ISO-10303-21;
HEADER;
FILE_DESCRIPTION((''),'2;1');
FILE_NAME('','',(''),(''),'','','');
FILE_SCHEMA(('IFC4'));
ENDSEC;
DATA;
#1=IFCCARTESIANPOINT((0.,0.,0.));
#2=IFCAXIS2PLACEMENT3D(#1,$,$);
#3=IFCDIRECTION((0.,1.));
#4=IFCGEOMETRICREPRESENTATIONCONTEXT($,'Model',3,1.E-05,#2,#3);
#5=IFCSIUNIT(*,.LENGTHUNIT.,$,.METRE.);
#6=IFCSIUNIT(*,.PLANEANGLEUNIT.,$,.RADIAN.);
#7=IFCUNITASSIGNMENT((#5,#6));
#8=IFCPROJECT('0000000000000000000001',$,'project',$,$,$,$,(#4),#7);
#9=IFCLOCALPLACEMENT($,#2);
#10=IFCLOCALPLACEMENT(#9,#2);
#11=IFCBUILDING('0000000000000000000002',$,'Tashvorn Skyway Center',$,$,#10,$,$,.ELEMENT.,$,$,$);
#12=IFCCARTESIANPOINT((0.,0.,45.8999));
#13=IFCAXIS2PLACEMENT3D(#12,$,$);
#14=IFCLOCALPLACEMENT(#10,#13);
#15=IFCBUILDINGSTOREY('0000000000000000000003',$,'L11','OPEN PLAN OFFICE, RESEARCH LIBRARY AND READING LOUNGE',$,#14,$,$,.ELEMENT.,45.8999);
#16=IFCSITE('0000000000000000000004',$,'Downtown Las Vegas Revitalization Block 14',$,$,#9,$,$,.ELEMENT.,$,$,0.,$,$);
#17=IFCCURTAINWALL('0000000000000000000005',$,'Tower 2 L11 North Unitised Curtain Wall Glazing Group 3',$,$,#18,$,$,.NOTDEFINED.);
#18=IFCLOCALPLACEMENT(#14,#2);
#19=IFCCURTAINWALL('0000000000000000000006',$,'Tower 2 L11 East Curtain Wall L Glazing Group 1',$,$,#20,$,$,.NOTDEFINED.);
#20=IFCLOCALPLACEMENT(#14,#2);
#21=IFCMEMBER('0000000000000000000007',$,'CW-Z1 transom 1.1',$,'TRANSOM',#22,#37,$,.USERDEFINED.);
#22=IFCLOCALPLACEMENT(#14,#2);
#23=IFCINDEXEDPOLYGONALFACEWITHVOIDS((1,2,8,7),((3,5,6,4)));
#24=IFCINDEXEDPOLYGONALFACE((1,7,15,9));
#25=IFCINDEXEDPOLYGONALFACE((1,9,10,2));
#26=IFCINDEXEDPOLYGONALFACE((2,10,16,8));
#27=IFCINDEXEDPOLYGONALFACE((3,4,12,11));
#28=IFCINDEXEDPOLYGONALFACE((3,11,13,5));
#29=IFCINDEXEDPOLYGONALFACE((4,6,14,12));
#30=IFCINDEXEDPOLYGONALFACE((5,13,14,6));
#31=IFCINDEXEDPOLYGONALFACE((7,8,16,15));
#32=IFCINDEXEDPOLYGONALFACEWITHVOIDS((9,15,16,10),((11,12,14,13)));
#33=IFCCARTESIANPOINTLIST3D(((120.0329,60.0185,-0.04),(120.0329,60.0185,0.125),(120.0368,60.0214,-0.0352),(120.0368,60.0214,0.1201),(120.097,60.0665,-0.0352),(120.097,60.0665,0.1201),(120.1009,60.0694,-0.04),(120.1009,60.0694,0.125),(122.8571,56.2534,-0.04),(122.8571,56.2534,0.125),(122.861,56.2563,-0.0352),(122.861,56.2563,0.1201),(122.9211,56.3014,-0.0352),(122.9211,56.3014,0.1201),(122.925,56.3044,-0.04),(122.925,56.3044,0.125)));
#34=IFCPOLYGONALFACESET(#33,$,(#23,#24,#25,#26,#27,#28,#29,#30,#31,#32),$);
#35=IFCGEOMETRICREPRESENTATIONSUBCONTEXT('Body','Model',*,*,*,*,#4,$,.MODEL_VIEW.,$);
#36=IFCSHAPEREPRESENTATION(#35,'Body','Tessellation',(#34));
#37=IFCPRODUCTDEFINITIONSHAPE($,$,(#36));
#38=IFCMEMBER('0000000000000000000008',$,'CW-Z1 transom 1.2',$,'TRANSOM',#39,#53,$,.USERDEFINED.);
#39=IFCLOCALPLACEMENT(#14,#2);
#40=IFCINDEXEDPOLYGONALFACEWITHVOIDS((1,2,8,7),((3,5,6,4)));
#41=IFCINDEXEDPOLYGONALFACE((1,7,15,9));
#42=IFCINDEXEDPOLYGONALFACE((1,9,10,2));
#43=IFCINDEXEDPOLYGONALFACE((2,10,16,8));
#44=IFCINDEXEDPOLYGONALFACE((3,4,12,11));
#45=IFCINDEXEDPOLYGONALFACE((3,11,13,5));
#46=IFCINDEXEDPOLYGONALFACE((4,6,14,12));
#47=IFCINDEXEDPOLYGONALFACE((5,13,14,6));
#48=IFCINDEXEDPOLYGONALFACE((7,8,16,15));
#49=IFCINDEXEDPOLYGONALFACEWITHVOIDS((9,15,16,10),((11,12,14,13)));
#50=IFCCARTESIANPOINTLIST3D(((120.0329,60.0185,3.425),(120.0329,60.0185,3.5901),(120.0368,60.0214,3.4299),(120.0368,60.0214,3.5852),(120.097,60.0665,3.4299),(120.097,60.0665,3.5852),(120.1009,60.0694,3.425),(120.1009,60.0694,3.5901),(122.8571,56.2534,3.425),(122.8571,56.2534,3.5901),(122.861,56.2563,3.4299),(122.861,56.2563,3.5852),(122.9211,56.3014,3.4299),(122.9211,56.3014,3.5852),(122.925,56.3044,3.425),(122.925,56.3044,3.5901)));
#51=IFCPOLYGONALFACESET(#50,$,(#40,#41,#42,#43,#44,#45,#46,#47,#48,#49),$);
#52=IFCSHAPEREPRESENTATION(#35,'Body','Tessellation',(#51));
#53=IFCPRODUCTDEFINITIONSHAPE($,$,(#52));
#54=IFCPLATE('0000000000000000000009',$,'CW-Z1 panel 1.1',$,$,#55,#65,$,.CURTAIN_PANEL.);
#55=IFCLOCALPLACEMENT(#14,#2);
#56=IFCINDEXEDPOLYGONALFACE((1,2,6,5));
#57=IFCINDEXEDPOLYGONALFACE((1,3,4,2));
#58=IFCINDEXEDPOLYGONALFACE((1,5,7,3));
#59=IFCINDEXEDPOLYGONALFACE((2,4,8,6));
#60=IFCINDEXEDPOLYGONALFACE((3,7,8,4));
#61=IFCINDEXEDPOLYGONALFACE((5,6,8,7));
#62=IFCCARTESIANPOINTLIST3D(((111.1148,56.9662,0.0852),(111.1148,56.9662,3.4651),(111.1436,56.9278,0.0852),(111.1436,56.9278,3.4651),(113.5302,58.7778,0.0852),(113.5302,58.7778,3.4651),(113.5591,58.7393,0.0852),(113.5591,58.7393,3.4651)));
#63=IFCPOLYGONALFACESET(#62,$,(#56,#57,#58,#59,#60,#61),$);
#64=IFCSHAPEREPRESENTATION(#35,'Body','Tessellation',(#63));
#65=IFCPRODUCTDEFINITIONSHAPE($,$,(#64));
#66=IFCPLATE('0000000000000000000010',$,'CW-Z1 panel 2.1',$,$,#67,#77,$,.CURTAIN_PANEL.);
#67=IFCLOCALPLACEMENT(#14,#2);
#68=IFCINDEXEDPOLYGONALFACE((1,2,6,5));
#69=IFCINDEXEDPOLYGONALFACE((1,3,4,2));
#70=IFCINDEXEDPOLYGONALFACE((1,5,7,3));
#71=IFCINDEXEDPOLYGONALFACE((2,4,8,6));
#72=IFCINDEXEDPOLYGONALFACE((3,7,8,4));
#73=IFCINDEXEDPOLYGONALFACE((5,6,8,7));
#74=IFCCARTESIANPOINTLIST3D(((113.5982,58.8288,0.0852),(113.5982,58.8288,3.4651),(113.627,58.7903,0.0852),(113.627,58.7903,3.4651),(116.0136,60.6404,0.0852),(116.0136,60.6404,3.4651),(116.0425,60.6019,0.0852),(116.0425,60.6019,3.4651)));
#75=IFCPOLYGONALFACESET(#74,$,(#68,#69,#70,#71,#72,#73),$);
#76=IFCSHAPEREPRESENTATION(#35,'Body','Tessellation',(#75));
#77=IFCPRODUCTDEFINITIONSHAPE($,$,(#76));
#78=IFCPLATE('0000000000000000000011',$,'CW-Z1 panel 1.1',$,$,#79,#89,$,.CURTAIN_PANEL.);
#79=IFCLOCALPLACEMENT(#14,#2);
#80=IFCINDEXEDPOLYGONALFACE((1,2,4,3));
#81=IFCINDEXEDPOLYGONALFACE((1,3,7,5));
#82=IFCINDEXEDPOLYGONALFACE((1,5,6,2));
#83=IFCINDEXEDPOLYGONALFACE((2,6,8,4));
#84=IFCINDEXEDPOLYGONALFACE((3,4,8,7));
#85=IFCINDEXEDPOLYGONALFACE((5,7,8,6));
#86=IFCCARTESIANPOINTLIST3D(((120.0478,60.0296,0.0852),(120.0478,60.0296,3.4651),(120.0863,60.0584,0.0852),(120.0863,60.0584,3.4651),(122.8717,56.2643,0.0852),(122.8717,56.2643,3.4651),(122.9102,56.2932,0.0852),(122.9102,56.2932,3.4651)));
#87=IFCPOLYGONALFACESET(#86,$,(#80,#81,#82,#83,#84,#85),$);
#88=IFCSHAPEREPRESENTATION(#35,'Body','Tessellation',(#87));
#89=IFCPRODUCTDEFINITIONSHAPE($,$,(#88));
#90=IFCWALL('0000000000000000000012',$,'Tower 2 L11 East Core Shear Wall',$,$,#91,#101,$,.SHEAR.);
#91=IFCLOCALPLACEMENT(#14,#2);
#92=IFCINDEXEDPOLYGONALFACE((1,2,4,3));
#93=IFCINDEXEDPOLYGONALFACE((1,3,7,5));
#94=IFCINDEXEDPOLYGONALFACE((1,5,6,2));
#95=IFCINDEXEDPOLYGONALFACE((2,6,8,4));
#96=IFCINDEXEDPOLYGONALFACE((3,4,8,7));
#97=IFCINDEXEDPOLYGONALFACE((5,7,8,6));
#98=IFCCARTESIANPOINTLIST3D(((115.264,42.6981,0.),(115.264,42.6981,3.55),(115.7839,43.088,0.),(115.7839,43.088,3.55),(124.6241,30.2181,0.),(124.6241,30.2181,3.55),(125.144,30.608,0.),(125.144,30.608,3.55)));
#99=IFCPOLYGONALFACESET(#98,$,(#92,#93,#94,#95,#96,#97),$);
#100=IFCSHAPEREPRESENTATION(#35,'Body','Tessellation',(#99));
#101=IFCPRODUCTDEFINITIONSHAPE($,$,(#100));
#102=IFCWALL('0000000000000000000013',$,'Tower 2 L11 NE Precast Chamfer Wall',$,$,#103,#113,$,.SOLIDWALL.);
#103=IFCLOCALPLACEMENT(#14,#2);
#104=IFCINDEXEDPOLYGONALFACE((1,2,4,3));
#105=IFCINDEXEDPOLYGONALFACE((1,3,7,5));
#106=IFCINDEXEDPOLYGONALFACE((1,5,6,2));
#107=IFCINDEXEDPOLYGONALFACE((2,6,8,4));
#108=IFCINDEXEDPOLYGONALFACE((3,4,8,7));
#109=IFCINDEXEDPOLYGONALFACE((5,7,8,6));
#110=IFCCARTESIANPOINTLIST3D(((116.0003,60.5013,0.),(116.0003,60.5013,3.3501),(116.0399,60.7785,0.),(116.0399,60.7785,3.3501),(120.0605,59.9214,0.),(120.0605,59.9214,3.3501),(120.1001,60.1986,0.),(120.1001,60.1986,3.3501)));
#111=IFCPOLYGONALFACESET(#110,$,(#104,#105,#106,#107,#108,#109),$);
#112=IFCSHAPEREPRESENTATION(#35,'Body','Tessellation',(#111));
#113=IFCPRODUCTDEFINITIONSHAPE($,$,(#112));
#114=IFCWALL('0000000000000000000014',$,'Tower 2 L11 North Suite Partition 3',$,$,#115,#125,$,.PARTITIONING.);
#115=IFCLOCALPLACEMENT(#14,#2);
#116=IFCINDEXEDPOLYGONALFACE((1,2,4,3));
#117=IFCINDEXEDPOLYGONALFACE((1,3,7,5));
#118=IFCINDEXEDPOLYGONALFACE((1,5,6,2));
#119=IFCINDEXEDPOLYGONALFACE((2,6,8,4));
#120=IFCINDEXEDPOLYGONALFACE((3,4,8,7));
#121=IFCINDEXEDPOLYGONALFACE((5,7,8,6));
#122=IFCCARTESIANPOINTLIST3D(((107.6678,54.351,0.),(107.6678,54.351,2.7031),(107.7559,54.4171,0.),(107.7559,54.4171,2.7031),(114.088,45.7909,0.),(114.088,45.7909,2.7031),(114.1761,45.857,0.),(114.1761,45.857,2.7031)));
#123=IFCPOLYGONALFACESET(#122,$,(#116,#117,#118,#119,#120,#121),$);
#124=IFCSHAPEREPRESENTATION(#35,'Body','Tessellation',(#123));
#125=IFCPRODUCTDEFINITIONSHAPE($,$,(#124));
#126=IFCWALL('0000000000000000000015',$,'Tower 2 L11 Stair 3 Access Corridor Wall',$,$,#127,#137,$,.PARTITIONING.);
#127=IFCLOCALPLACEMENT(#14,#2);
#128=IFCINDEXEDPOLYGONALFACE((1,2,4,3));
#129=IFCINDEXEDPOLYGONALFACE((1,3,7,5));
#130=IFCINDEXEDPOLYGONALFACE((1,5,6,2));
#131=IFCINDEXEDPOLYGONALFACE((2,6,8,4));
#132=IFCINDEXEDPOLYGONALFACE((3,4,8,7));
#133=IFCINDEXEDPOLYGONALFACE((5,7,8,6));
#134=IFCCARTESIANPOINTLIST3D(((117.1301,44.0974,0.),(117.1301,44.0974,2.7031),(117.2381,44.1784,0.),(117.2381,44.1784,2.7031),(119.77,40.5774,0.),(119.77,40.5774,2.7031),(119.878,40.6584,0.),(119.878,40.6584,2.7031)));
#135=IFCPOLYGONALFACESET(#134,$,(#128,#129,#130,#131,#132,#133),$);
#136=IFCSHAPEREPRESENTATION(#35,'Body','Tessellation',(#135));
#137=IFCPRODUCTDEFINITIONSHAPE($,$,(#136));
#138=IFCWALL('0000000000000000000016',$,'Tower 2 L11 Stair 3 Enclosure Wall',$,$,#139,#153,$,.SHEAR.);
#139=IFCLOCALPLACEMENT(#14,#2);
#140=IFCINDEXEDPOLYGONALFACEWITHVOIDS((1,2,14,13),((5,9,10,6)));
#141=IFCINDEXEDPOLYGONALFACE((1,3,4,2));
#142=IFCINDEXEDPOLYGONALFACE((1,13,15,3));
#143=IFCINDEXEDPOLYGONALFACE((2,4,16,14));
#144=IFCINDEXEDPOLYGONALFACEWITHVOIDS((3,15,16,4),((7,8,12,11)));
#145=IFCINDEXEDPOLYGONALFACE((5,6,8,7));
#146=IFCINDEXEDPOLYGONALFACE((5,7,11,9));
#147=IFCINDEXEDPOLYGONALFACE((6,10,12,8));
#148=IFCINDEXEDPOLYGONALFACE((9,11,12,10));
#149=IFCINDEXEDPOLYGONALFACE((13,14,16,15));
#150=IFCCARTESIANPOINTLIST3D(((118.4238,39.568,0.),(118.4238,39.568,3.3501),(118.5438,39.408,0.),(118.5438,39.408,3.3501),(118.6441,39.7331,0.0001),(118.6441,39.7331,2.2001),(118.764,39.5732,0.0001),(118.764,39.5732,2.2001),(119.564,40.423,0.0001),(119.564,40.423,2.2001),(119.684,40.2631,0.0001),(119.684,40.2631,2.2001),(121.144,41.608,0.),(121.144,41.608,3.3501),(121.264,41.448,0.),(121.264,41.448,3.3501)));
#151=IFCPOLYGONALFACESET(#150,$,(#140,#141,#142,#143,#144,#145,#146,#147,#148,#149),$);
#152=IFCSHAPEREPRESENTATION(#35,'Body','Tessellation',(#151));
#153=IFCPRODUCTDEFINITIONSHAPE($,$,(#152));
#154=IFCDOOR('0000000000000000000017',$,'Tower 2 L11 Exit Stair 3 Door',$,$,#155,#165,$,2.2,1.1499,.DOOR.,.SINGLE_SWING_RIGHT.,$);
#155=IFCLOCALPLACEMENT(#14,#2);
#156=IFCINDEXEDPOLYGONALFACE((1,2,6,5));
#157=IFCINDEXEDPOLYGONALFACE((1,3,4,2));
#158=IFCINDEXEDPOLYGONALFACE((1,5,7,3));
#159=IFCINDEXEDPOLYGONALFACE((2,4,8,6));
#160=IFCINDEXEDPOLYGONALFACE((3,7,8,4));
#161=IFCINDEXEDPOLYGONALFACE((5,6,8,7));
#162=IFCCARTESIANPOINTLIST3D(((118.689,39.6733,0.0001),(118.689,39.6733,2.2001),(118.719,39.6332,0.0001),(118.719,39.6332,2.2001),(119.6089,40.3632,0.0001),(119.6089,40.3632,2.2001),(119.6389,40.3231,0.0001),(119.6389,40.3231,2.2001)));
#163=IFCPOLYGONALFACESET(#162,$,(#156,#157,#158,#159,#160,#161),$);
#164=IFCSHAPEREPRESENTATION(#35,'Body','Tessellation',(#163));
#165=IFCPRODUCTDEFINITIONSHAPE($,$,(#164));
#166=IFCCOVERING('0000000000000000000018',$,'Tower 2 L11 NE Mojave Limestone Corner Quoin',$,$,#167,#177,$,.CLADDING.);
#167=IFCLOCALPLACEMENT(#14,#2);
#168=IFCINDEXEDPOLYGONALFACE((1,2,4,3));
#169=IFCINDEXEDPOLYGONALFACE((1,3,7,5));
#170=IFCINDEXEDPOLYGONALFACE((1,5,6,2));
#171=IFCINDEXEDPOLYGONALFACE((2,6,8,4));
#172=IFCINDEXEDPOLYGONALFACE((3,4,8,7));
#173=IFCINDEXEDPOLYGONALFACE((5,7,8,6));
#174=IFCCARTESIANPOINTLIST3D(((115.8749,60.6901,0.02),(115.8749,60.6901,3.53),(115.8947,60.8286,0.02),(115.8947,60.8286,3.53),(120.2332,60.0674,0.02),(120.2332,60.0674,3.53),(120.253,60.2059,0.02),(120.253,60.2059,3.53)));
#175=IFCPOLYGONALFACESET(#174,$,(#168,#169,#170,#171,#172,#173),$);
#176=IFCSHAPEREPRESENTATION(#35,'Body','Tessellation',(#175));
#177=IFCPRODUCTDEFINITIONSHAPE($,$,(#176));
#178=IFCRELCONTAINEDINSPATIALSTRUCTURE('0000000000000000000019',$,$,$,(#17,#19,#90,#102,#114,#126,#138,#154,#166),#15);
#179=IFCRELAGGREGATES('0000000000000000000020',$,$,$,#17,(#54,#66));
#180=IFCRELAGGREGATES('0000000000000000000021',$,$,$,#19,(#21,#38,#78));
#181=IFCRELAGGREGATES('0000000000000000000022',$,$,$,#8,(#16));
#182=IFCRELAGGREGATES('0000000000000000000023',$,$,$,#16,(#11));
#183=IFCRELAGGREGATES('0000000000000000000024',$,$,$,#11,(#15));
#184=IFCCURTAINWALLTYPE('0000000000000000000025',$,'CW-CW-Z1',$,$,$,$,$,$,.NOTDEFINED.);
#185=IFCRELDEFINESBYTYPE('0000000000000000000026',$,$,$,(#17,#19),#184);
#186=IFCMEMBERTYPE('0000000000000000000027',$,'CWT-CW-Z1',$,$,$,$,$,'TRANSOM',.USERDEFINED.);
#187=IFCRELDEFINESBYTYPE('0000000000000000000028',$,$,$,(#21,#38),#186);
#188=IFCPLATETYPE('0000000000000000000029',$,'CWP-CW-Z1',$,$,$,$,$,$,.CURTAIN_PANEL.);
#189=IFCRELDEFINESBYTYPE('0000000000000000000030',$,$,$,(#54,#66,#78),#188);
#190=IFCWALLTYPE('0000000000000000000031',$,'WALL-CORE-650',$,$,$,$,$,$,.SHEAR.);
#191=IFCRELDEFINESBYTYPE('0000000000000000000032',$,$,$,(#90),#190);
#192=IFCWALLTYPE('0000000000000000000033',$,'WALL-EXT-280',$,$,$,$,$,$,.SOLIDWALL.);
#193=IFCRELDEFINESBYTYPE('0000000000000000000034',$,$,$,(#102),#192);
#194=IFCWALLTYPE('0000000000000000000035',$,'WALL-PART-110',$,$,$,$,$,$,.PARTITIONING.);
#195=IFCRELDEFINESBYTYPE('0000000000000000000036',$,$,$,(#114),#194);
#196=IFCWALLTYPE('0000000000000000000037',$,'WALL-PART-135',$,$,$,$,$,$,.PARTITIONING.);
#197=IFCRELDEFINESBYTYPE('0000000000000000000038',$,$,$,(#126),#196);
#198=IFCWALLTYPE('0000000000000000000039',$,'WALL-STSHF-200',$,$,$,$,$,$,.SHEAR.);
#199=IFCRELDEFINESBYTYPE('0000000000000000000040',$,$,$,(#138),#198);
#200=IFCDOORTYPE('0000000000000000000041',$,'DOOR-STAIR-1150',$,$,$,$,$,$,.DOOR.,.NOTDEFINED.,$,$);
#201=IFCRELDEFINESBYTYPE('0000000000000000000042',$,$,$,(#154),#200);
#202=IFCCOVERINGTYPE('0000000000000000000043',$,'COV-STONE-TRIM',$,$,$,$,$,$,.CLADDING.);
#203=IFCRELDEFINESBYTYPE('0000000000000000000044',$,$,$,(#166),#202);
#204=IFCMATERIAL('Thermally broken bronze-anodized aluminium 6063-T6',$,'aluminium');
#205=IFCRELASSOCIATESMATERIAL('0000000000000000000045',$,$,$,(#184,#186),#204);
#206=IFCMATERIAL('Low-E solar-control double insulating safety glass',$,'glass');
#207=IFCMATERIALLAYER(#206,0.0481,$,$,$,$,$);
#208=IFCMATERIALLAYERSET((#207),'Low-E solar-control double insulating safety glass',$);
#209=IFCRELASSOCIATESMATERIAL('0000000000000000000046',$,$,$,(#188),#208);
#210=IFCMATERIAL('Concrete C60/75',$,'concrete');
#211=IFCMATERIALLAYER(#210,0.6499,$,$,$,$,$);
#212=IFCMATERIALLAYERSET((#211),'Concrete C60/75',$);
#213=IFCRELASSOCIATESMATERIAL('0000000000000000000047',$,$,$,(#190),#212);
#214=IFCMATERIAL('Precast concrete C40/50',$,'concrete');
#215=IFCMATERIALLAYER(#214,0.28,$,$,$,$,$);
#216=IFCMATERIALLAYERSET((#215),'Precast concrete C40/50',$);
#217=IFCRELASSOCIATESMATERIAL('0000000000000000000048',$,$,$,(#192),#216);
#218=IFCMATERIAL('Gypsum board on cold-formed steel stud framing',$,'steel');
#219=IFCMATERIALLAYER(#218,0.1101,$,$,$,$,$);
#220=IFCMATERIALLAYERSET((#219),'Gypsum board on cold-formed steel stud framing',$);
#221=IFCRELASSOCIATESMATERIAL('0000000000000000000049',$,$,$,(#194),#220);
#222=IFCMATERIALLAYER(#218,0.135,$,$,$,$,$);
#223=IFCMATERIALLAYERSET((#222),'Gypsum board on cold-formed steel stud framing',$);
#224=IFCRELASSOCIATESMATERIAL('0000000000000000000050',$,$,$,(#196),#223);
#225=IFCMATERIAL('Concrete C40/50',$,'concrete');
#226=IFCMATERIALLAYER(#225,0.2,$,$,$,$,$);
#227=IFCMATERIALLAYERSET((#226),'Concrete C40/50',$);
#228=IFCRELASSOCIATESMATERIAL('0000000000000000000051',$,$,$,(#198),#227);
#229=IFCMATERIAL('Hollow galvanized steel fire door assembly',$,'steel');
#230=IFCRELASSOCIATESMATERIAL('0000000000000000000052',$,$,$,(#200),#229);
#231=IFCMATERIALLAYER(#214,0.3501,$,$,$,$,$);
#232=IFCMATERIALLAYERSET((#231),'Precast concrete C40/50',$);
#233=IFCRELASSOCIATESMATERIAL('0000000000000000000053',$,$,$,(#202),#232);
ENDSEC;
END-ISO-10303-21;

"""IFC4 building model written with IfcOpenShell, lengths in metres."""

from ifc_helpers import new_model, si_unit, direction, frame, frame_2d, origin, origin_2d, place, context, subcontext, project, spatial, rectangle, hollow_rectangle, extrude, material, layer, layer_set, material_profile, profile_set, type_object, element, fill, aggregate, save


model = new_model("IFC4")

# Units and contexts
model_context = context("Model", 3, precision=1e-05, world=origin(), true_north=direction((0.0, 1.0)))
body_context = subcontext(model_context, "Body", "Model", "MODEL_VIEW")
ifc_project = project(units=[si_unit("LENGTHUNIT", "METRE"), si_unit("PLANEANGLEUNIT", "RADIAN")], contexts=[model_context])

# Site, building, storey
site_placement = place(None, origin())
site = spatial("IfcSite", under=ifc_project, at=site_placement, Name="Downtown Las Vegas Revitalization Block 14", CompositionType="ELEMENT", RefElevation=0.0)
building_placement = place(site_placement, origin())
building = spatial("IfcBuilding", under=site, at=building_placement, Name="Tashvorn Skyway Center", CompositionType="ELEMENT")
storey_placement = place(building_placement, frame((0.0, 0.0, 45.8999)))
storey = spatial("IfcBuildingStorey", under=building, at=storey_placement, Name="L11", Description="OPEN PLAN OFFICE, RESEARCH LIBRARY AND READING LOUNGE", CompositionType="ELEMENT", Elevation=45.8999)

# Curtain wall
ifc_material_1 = material(Name="Thermally broken bronze-anodized aluminium 6063-T6", Category="aluminium")
curtain_wall_type = type_object("IfcCurtainWallType", Name="CW-CW-Z1", PredefinedType="NOTDEFINED", material=ifc_material_1)
curtain_wall_1_placement = place(storey_placement, origin())
curtain_wall_1 = element("IfcCurtainWall", 1, at=curtain_wall_1_placement, inside=storey, type_object=curtain_wall_type, Name="Tower 2 L11 North Unitised Curtain Wall Glazing Group 3", PredefinedType="NOTDEFINED")

# Curtain wall
curtain_wall_2_placement = place(storey_placement, origin())
curtain_wall_2 = element("IfcCurtainWall", 2, at=curtain_wall_2_placement, inside=storey, type_object=curtain_wall_type, Name="Tower 2 L11 East Curtain Wall L Glazing Group 1", PredefinedType="NOTDEFINED")

# Members
ifc_material_profile_1 = material_profile(ifc_material_1, hollow_rectangle(XDim=0.085, YDim=0.165, WallThickness=0.0049, at=origin_2d()), Name="ALU-TRAN-85x165")
ifc_profile_set_1 = profile_set([ifc_material_profile_1], Name="Thermally broken bronze-anodized aluminium 6063-T6")
member_type_1 = type_object("IfcMemberType", Name="CWT-CW-Z1", ElementType="TRANSOM", PredefinedType="USERDEFINED", material=ifc_profile_set_1)
member_1_placement = place(storey_placement, frame((120.0669, 60.0439, 0.0425), z_axis=(0.60005, -0.799963, 0.0), x_axis=(0.799963, 0.60005, 0.0)))
member_1 = element("IfcMember", 3, at=member_1_placement, type_object=member_type_1, Name="CW-Z1 transom 1.1", ObjectType="TRANSOM", PredefinedType="USERDEFINED", context=body_context, shape_type="SweptSolid", body=[
    extrude(hollow_rectangle(XDim=0.085, YDim=0.165, WallThickness=0.0049, at=origin_2d()), origin(), (0.0, 0.0, 1.0), 4.7065),
])
member_2_placement = place(storey_placement, frame((120.0669, 60.0439, 3.5076), z_axis=(0.60005, -0.799963, 0.0), x_axis=(0.799963, 0.60005, 0.0)))
member_2 = element("IfcMember", 4, at=member_2_placement, type_object=member_type_1, Name="CW-Z1 transom 1.2", ObjectType="TRANSOM", PredefinedType="USERDEFINED", context=body_context, shape_type="SweptSolid", body=[
    extrude(hollow_rectangle(XDim=0.085, YDim=0.165, WallThickness=0.0049, at=origin_2d()), origin(), (0.0, 0.0, 1.0), 4.7065),
])

# Plates
ifc_material_2 = material(Name="Low-E solar-control double insulating safety glass", Category="glass")
ifc_layer_1 = layer(ifc_material_2, 0.0481)
ifc_layer_set_1 = layer_set([ifc_layer_1], Name="Low-E solar-control double insulating safety glass")
plate_type = type_object("IfcPlateType", Name="CWP-CW-Z1", PredefinedType="CURTAIN_PANEL", material=ifc_layer_set_1)
plate_1_placement = place(storey_placement, frame((112.3369, 57.8528, 0.0852), z_axis=(0.0, 0.0, 1.0), x_axis=(0.800002, 0.599997, 0.0)))
plate_1 = element("IfcPlate", 5, at=plate_1_placement, type_object=plate_type, Name="CW-Z1 panel 1.1", PredefinedType="CURTAIN_PANEL", context=body_context, shape_type="SweptSolid", body=[
    extrude(rectangle(XDim=3.0193, YDim=0.0481, at=origin_2d()), origin(), (0.0, 0.0, 1.0), 3.3799),
])
plate_2_placement = place(storey_placement, frame((114.8203, 59.7153, 0.0852), z_axis=(0.0, 0.0, 1.0), x_axis=(0.800002, 0.599997, 0.0)))
plate_2 = element("IfcPlate", 6, at=plate_2_placement, type_object=plate_type, Name="CW-Z1 panel 2.1", PredefinedType="CURTAIN_PANEL", context=body_context, shape_type="SweptSolid", body=[
    extrude(rectangle(XDim=3.0193, YDim=0.0481, at=origin_2d()), origin(), (0.0, 0.0, 1.0), 3.3799),
])
aggregate(curtain_wall_1, [plate_1, plate_2])
plate_3_placement = place(storey_placement, frame((121.479, 58.1614, 0.0852), z_axis=(0.0, 0.0, 1.0), x_axis=(0.600003, -0.799998, 0.0)))
plate_3 = element("IfcPlate", 7, at=plate_3_placement, type_object=plate_type, Name="CW-Z1 panel 1.1", PredefinedType="CURTAIN_PANEL", context=body_context, shape_type="SweptSolid", body=[
    extrude(rectangle(XDim=4.7065, YDim=0.0481, at=origin_2d()), origin(), (0.0, 0.0, 1.0), 3.3799),
])
aggregate(curtain_wall_2, [member_1, member_2, plate_3])

# Walls
ifc_material_3 = material(Name="Concrete C60/75", Category="concrete")
ifc_layer_2 = layer(ifc_material_3, 0.6499)
ifc_layer_set_2 = layer_set([ifc_layer_2], Name="Concrete C60/75")
wall_type_1 = type_object("IfcWallType", Name="WALL-CORE-650", PredefinedType="SHEAR", material=ifc_layer_set_2)
wall_1_placement = place(storey_placement, frame((115.5239, 42.8931, 0.0), z_axis=(0.0, 0.0, 1.0), x_axis=(0.600005, -0.799996, 0.0)))
element("IfcWall", 8, at=wall_1_placement, inside=storey, type_object=wall_type_1, Name="Tower 2 L11 East Core Shear Wall", PredefinedType="SHEAR", context=body_context, shape_type="SweptSolid", body=[
    extrude(rectangle(XDim=15.6001, YDim=0.6499, at=frame_2d((7.8, 0.0))), origin(), (0.0, 0.0, 1.0), 3.55),
])
ifc_material_4 = material(Name="Precast concrete C40/50", Category="concrete")
ifc_layer_3 = layer(ifc_material_4, 0.28)
ifc_layer_set_3 = layer_set([ifc_layer_3], Name="Precast concrete C40/50")
wall_type_2 = type_object("IfcWallType", Name="WALL-EXT-280", PredefinedType="SOLIDWALL", material=ifc_layer_set_3)
wall_2_placement = place(storey_placement, frame((116.02, 60.6399, 0.0), z_axis=(0.0, 0.0, 1.0), x_axis=(0.989955, -0.14138, 0.0)))
element("IfcWall", 9, at=wall_2_placement, inside=storey, type_object=wall_type_2, Name="Tower 2 L11 NE Precast Chamfer Wall", PredefinedType="SOLIDWALL", context=body_context, shape_type="SweptSolid", body=[
    extrude(rectangle(XDim=4.1013, YDim=0.28, at=frame_2d((2.0508, 0.0))), origin(), (0.0, 0.0, 1.0), 3.3501),
])
ifc_material_5 = material(Name="Gypsum board on cold-formed steel stud framing", Category="steel")
ifc_layer_4 = layer(ifc_material_5, 0.1101)
ifc_layer_set_4 = layer_set([ifc_layer_4], Name="Gypsum board on cold-formed steel stud framing")
wall_type_3 = type_object("IfcWallType", Name="WALL-PART-110", PredefinedType="PARTITIONING", material=ifc_layer_set_4)
wall_3_placement = place(storey_placement, frame((114.1321, 45.824, 0.0), z_axis=(0.0, 0.0, 1.0), x_axis=(-0.600007, 0.799995, 0.0)))
element("IfcWall", 10, at=wall_3_placement, inside=storey, type_object=wall_type_3, Name="Tower 2 L11 North Suite Partition 3", PredefinedType="PARTITIONING", context=body_context, shape_type="SweptSolid", body=[
    extrude(rectangle(XDim=10.7002, YDim=0.1101, at=frame_2d((5.3501, 0.0))), origin(), (0.0, 0.0, 1.0), 2.7031),
])
ifc_layer_5 = layer(ifc_material_5, 0.135)
ifc_layer_set_5 = layer_set([ifc_layer_5], Name="Gypsum board on cold-formed steel stud framing")
wall_type_4 = type_object("IfcWallType", Name="WALL-PART-135", PredefinedType="PARTITIONING", material=ifc_layer_set_5)
wall_4_placement = place(storey_placement, frame((119.824, 40.6179, 0.0), z_axis=(0.0, 0.0, 1.0), x_axis=(-0.599982, 0.800013, 0.0)))
element("IfcWall", 11, at=wall_4_placement, inside=storey, type_object=wall_type_4, Name="Tower 2 L11 Stair 3 Access Corridor Wall", PredefinedType="PARTITIONING", context=body_context, shape_type="SweptSolid", body=[
    extrude(rectangle(XDim=4.3999, YDim=0.135, at=frame_2d((2.2, 0.0))), origin(), (0.0, 0.0, 1.0), 2.7031),
])

# Wall, opening, door
ifc_material_6 = material(Name="Concrete C40/50", Category="concrete")
ifc_layer_6 = layer(ifc_material_6, 0.2)
ifc_layer_set_6 = layer_set([ifc_layer_6], Name="Concrete C40/50")
wall_type_5 = type_object("IfcWallType", Name="WALL-STSHF-200", PredefinedType="SHEAR", material=ifc_layer_set_6)
wall_5_placement = place(storey_placement, frame((121.2041, 41.5281, 0.0), z_axis=(0.0, 0.0, 1.0), x_axis=(-0.800017, -0.599977, 0.0)))
wall_5 = element("IfcWall", 12, at=wall_5_placement, inside=storey, type_object=wall_type_5, Name="Tower 2 L11 Stair 3 Enclosure Wall", PredefinedType="SHEAR", context=body_context, shape_type="SweptSolid", body=[
    extrude(rectangle(XDim=3.4001, YDim=0.2, at=frame_2d((1.7002, 0.0))), origin(), (0.0, 0.0, 1.0), 3.3501),
])
opening_placement = place(wall_5_placement, frame((1.9751, 0.0, 0.0)))
opening = element("IfcOpeningElement", 13, at=opening_placement, cuts=wall_5, PredefinedType="OPENING", context=body_context, shape_type="SweptSolid", body=[
    extrude(rectangle(XDim=1.1499, YDim=2.2, at=frame_2d((0.575, 1.1001))), frame((0.0, 0.1099, 0.0), z_axis=(0.0, -1.0, 0.0), x_axis=(1.0, 0.0, 0.0)), (0.0, 0.0, 1.0), 0.22),
])
ifc_material_7 = material(Name="Hollow galvanized steel fire door assembly", Category="steel")
door_type = type_object("IfcDoorType", Name="DOOR-STAIR-1150", OperationType="NOTDEFINED", PredefinedType="DOOR", material=ifc_material_7)
door_placement = place(opening_placement, origin())
door = element("IfcDoor", 14, at=door_placement, inside=storey, type_object=door_type, Name="Tower 2 L11 Exit Stair 3 Door", OperationType="SINGLE_SWING_RIGHT", OverallHeight=2.2, OverallWidth=1.1499, PredefinedType="DOOR", context=body_context, shape_type="SweptSolid", body=[
    extrude(rectangle(XDim=1.1499, YDim=2.2, at=frame_2d((0.575, 1.1001))), frame((0.0, 0.0249, 0.0), z_axis=(0.0, -1.0, 0.0), x_axis=(1.0, 0.0, 0.0)), (0.0, 0.0, 1.0), 0.05),
])
fill(opening, door)

# Covering
ifc_layer_7 = layer(ifc_material_4, 0.3501)
ifc_layer_set_7 = layer_set([ifc_layer_7], Name="Precast concrete C40/50")
covering_type = type_object("IfcCoveringType", Name="COV-STONE-TRIM", PredefinedType="CLADDING", material=ifc_layer_set_7)
covering_placement = place(storey_placement, frame((118.064, 60.448, 0.02), z_axis=(0.0, 0.0, 1.0), x_axis=(0.989949, -0.141421, 0.0)))
element("IfcCovering", 15, at=covering_placement, inside=storey, type_object=covering_type, Name="Tower 2 L11 NE Mojave Limestone Corner Quoin", PredefinedType="CLADDING", context=body_context, shape_type="SweptSolid", body=[
    extrude(rectangle(XDim=4.4026, YDim=0.1399, at=origin_2d()), origin(), (0.0, 0.0, 1.0), 3.51),
])

save(model, "model.ifc")
